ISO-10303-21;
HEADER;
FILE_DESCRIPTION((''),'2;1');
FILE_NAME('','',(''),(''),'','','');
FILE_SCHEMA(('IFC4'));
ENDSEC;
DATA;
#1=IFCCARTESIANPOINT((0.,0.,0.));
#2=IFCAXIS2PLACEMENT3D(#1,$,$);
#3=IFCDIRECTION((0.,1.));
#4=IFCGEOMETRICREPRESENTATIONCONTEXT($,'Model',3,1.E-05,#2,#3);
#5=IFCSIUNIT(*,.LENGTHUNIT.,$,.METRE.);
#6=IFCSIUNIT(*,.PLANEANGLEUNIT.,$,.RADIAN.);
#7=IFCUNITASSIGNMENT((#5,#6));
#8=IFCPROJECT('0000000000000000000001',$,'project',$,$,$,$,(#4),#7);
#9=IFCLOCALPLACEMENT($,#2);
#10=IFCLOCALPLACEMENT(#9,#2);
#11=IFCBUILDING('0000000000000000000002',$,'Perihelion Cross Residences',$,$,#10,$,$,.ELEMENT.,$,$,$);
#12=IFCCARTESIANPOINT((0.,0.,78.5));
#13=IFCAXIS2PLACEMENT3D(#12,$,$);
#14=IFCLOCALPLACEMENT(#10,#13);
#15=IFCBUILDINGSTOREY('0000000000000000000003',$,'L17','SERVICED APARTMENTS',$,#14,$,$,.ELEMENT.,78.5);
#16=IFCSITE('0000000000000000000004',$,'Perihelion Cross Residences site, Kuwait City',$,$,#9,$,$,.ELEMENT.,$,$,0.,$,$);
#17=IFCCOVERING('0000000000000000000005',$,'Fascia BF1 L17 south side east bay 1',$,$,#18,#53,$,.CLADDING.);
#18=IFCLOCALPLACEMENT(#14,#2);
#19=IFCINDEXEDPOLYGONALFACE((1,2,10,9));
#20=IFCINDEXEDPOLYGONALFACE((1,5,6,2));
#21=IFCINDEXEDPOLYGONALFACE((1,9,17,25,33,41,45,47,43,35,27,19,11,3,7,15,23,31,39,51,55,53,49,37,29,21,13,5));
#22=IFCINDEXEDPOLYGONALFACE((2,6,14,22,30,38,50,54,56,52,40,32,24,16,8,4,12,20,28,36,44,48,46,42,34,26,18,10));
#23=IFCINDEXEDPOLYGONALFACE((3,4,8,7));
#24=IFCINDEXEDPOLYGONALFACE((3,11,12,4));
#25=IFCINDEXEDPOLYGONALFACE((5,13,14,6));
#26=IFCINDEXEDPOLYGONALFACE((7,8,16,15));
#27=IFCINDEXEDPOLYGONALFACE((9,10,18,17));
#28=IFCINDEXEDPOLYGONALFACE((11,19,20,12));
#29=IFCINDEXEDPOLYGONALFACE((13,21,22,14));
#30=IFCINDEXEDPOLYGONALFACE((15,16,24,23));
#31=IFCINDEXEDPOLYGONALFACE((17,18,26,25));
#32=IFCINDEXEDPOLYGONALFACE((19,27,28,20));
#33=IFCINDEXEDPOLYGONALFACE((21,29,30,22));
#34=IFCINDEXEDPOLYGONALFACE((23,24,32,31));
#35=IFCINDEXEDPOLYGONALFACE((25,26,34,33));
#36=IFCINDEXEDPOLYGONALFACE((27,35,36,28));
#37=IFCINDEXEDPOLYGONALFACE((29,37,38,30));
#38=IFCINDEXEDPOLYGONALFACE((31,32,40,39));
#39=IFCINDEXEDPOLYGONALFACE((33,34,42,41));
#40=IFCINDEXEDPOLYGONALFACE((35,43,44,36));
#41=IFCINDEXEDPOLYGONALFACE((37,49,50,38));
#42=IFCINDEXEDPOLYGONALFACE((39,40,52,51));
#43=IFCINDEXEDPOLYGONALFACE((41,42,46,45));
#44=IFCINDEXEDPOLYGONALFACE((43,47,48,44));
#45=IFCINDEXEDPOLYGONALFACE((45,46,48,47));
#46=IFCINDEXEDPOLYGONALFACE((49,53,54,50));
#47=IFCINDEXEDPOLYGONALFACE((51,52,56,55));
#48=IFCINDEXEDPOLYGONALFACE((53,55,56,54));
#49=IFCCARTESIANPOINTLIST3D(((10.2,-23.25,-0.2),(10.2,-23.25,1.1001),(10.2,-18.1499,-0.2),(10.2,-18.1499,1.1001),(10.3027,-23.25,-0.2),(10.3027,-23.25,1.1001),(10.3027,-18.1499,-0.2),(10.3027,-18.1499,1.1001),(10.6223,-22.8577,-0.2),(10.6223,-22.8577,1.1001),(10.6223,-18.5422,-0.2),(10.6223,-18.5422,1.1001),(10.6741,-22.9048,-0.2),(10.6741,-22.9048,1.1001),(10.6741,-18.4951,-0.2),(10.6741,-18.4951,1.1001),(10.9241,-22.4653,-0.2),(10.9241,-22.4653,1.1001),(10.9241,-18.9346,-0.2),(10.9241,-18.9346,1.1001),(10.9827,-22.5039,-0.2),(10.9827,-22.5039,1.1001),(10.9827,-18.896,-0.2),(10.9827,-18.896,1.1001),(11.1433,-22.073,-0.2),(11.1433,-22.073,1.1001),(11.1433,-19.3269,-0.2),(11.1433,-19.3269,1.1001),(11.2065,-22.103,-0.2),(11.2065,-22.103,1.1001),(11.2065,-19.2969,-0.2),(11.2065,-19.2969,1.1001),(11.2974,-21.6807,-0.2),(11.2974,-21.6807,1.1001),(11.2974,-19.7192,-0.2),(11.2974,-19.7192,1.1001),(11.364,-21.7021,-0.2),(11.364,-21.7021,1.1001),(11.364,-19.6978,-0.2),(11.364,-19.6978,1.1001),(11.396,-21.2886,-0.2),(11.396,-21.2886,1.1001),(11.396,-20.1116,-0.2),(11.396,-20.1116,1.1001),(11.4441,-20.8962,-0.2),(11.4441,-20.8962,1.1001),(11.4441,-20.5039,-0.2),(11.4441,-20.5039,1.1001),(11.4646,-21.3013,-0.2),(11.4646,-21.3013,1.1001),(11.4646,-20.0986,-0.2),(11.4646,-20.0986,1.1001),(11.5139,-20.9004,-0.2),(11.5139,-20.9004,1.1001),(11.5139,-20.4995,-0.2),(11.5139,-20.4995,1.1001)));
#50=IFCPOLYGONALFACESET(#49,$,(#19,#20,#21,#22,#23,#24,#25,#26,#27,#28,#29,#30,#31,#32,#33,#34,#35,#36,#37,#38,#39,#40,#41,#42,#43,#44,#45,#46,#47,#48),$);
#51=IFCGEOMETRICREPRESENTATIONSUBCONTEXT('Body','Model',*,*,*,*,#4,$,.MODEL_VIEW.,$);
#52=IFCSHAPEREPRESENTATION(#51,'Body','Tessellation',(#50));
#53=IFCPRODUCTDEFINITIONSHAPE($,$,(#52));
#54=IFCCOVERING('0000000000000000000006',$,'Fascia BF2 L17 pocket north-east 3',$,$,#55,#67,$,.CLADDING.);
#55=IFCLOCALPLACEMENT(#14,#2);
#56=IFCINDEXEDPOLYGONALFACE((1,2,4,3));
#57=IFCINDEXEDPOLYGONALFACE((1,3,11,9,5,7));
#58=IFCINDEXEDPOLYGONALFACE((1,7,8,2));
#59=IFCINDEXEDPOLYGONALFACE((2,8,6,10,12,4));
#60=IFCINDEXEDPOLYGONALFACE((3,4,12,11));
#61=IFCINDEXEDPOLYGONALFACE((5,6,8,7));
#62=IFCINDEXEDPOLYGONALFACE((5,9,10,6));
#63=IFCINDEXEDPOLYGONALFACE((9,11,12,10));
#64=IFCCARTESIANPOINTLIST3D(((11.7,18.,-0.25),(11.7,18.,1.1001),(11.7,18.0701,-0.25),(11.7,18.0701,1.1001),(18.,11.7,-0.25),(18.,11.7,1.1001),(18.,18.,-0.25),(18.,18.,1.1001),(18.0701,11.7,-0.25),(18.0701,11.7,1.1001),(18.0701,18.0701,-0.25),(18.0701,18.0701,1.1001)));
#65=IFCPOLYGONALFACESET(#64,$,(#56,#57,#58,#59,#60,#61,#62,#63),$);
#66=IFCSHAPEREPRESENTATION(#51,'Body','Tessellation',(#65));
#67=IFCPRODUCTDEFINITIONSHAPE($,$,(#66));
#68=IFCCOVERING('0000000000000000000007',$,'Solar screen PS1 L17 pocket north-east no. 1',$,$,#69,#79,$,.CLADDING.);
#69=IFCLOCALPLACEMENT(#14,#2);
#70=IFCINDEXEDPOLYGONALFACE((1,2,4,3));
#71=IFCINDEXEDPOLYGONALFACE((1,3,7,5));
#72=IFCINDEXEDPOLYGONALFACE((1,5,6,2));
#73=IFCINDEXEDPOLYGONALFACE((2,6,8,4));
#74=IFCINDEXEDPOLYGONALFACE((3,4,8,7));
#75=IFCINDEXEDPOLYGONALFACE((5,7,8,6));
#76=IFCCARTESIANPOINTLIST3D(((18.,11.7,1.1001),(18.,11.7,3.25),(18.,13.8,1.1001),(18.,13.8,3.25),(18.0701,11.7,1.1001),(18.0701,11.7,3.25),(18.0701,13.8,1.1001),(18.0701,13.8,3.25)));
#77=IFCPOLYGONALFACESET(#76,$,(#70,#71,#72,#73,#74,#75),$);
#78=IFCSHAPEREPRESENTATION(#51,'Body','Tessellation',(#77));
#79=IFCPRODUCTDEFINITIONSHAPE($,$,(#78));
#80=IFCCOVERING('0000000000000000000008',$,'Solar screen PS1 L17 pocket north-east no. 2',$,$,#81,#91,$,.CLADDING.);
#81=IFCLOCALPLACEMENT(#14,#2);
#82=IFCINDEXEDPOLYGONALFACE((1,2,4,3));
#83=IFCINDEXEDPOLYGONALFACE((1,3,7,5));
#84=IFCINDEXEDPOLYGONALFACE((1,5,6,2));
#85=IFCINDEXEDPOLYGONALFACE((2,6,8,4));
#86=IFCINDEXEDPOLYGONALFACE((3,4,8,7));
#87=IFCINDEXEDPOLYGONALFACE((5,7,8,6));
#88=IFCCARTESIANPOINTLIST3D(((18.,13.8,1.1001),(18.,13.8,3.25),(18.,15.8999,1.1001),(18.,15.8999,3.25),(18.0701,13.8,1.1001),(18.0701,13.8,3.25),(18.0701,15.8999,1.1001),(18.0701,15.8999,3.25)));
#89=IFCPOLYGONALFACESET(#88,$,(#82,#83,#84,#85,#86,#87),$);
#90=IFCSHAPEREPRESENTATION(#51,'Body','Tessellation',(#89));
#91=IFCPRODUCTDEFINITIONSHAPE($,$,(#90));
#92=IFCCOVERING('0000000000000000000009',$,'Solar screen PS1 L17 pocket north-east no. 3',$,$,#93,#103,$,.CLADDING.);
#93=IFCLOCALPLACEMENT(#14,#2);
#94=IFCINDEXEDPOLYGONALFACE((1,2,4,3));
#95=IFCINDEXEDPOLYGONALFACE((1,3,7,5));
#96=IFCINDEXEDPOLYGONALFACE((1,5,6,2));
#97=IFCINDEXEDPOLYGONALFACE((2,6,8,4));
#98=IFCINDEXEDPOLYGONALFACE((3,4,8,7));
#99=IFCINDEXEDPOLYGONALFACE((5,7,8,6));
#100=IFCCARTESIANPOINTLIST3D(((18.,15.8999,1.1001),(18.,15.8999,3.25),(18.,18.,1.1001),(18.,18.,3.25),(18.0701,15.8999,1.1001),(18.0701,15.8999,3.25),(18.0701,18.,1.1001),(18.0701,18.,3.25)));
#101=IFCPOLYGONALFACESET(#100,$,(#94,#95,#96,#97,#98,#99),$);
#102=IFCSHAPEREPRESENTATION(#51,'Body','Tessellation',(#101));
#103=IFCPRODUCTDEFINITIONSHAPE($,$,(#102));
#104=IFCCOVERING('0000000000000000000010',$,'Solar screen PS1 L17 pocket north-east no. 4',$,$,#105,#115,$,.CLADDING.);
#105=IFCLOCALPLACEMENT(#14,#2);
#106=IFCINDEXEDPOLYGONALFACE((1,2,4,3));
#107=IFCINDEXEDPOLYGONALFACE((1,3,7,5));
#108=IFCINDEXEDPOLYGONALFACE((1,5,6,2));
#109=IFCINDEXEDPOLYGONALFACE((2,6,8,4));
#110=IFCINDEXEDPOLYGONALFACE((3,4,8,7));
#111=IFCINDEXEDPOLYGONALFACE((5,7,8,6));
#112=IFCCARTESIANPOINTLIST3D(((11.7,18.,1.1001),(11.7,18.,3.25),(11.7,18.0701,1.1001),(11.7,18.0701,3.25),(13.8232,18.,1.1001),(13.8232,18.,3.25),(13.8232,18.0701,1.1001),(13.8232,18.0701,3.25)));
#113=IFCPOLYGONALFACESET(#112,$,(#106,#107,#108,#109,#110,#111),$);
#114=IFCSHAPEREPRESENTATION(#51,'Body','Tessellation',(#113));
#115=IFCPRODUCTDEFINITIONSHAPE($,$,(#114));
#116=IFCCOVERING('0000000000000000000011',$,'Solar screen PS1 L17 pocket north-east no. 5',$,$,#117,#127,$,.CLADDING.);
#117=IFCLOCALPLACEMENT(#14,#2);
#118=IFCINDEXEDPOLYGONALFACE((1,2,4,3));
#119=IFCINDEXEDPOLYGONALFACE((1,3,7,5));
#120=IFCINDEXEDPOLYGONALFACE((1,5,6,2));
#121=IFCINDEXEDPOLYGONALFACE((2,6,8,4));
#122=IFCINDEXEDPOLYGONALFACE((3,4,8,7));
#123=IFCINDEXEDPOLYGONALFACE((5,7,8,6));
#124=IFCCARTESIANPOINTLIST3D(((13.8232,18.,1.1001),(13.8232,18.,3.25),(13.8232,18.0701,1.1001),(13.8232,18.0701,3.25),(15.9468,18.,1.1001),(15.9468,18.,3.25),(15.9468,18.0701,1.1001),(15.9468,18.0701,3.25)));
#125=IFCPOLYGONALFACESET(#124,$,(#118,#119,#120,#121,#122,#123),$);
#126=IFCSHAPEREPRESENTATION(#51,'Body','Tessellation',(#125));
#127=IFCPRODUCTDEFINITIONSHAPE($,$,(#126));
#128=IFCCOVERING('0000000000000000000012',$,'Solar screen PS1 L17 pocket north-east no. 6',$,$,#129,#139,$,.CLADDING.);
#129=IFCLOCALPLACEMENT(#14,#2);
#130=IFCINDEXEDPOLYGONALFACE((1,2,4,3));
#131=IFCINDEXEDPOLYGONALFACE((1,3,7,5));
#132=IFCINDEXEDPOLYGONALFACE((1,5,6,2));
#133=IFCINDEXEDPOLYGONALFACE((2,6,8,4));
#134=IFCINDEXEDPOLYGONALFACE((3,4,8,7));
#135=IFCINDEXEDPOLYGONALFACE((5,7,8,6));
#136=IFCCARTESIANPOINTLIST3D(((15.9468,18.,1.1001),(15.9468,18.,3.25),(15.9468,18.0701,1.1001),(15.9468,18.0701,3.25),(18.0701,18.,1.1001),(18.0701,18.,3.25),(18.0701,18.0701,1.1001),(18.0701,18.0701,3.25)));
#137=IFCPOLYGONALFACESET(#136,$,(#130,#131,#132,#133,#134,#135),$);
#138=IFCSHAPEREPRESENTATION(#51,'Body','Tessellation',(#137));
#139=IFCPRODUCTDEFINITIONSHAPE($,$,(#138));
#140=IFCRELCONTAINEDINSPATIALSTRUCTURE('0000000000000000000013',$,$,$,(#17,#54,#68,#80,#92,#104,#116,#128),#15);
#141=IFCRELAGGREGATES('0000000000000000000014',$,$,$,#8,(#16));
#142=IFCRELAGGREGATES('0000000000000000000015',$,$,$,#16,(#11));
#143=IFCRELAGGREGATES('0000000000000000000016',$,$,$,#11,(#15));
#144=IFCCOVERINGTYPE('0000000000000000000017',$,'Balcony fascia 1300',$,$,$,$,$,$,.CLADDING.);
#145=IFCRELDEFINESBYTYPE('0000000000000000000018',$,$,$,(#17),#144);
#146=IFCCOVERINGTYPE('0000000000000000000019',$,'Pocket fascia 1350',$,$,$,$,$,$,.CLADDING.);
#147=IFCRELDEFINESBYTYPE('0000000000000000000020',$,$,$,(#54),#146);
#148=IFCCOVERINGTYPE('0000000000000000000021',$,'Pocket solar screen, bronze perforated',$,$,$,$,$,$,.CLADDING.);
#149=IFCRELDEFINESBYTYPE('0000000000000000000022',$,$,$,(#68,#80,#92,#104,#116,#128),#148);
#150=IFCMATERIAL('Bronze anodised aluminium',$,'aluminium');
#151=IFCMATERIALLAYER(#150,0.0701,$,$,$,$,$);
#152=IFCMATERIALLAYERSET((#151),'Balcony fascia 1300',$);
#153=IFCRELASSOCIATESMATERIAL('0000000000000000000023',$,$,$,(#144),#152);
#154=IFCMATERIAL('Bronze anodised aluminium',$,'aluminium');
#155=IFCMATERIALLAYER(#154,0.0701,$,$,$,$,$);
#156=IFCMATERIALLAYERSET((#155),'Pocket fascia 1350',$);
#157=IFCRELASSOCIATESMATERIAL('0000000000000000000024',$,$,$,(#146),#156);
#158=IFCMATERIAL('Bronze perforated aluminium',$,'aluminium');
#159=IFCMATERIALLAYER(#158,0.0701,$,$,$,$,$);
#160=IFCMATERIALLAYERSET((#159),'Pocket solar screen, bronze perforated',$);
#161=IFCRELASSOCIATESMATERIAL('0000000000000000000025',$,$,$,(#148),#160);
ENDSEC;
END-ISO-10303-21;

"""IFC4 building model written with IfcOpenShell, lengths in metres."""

from ifc_helpers import new_model, si_unit, direction, frame, origin, place, context, subcontext, project, spatial, polyline, outline, extrude, material, layer, layer_set, type_object, element, save


model = new_model("IFC4")

# Units and contexts
model_context = context("Model", 3, precision=1e-05, world=origin(), true_north=direction((0.0, 1.0)))
body_context = subcontext(model_context, "Body", "Model", "MODEL_VIEW")
ifc_project = project(units=[si_unit("LENGTHUNIT", "METRE"), si_unit("PLANEANGLEUNIT", "RADIAN")], contexts=[model_context])

# Site, building, storey
site_placement = place(None, origin())
site = spatial("IfcSite", under=ifc_project, at=site_placement, Name="Perihelion Cross Residences site, Kuwait City", CompositionType="ELEMENT", RefElevation=0.0)
building_placement = place(site_placement, origin())
building = spatial("IfcBuilding", under=site, at=building_placement, Name="Perihelion Cross Residences", CompositionType="ELEMENT")
storey_placement = place(building_placement, frame((0.0, 0.0, 78.5)))
storey = spatial("IfcBuildingStorey", under=building, at=storey_placement, Name="L17", Description="SERVICED APARTMENTS", CompositionType="ELEMENT", Elevation=78.5)

# Coverings
ifc_material_1 = material(Name="Bronze anodised aluminium", Category="aluminium")
ifc_layer_1 = layer(ifc_material_1, 0.0701)
ifc_layer_set_1 = layer_set([ifc_layer_1], Name="Balcony fascia 1300")
covering_type_1 = type_object("IfcCoveringType", Name="Balcony fascia 1300", PredefinedType="CLADDING", material=ifc_layer_set_1)
covering_1_placement = place(storey_placement, frame((0.0, 0.0, -0.2)))
element("IfcCovering", 1, at=covering_1_placement, inside=storey, type_object=covering_type_1, Name="Fascia BF1 L17 south side east bay 1", PredefinedType="CLADDING", context=body_context, shape_type="SweptSolid", body=[
    extrude(outline(polyline([(10.6741, -22.9048), (10.9827, -22.5039), (11.2065, -22.103), (11.364, -21.7021), (11.4646, -21.3013), (11.5139, -20.9004), (11.5139, -20.4995), (11.4646, -20.0986), (11.364, -19.6978), (11.2065, -19.2969), (10.9827, -18.896), (10.6741, -18.4951), (10.3027, -18.1499), (10.2, -18.1499), (10.6223, -18.5422), (10.9241, -18.9346), (11.1433, -19.3269), (11.2974, -19.7192), (11.396, -20.1116), (11.4441, -20.5039), (11.4441, -20.8962), (11.396, -21.2886), (11.2974, -21.6807), (11.1433, -22.073), (10.9241, -22.4653), (10.6223, -22.8577), (10.2, -23.25), (10.3027, -23.25), (10.6741, -22.9048)])), origin(), (0.0, 0.0, 1.0), 1.3),
])
ifc_material_2 = material(Name="Bronze anodised aluminium", Category="aluminium")
ifc_layer_2 = layer(ifc_material_2, 0.0701)
ifc_layer_set_2 = layer_set([ifc_layer_2], Name="Pocket fascia 1350")
covering_type_2 = type_object("IfcCoveringType", Name="Pocket fascia 1350", PredefinedType="CLADDING", material=ifc_layer_set_2)
covering_2_placement = place(storey_placement, frame((0.0, 0.0, -0.25)))
element("IfcCovering", 2, at=covering_2_placement, inside=storey, type_object=covering_type_2, Name="Fascia BF2 L17 pocket north-east 3", PredefinedType="CLADDING", context=body_context, shape_type="SweptSolid", body=[
    extrude(outline(polyline([(18.0701, 18.0701), (11.7, 18.0701), (11.7, 18.0), (18.0, 18.0), (18.0, 11.7), (18.0701, 11.7), (18.0701, 18.0701)])), origin(), (0.0, 0.0, 1.0), 1.3501),
])
ifc_material_3 = material(Name="Bronze perforated aluminium", Category="aluminium")
ifc_layer_3 = layer(ifc_material_3, 0.0701)
ifc_layer_set_3 = layer_set([ifc_layer_3], Name="Pocket solar screen, bronze perforated")
covering_type_3 = type_object("IfcCoveringType", Name="Pocket solar screen, bronze perforated", PredefinedType="CLADDING", material=ifc_layer_set_3)
covering_3_placement = place(storey_placement, frame((0.0, 0.0, 1.1001)))
element("IfcCovering", 3, at=covering_3_placement, inside=storey, type_object=covering_type_3, Name="Solar screen PS1 L17 pocket north-east no. 1", PredefinedType="CLADDING", context=body_context, shape_type="SweptSolid", body=[
    extrude(outline(polyline([(18.0701, 11.7), (18.0701, 13.8), (18.0, 13.8), (18.0, 11.7), (18.0701, 11.7)])), origin(), (0.0, 0.0, 1.0), 2.1499),
])
covering_4_placement = place(storey_placement, frame((0.0, 0.0, 1.1001)))
element("IfcCovering", 4, at=covering_4_placement, inside=storey, type_object=covering_type_3, Name="Solar screen PS1 L17 pocket north-east no. 2", PredefinedType="CLADDING", context=body_context, shape_type="SweptSolid", body=[
    extrude(outline(polyline([(18.0701, 13.8), (18.0701, 15.8999), (18.0, 15.8999), (18.0, 13.8), (18.0701, 13.8)])), origin(), (0.0, 0.0, 1.0), 2.1499),
])
covering_5_placement = place(storey_placement, frame((0.0, 0.0, 1.1001)))
element("IfcCovering", 5, at=covering_5_placement, inside=storey, type_object=covering_type_3, Name="Solar screen PS1 L17 pocket north-east no. 3", PredefinedType="CLADDING", context=body_context, shape_type="SweptSolid", body=[
    extrude(outline(polyline([(18.0701, 15.8999), (18.0701, 18.0), (18.0, 18.0), (18.0, 15.8999), (18.0701, 15.8999)])), origin(), (0.0, 0.0, 1.0), 2.1499),
])
covering_6_placement = place(storey_placement, frame((0.0, 0.0, 1.1001)))
element("IfcCovering", 6, at=covering_6_placement, inside=storey, type_object=covering_type_3, Name="Solar screen PS1 L17 pocket north-east no. 4", PredefinedType="CLADDING", context=body_context, shape_type="SweptSolid", body=[
    extrude(outline(polyline([(13.8232, 18.0), (13.8232, 18.0701), (11.7, 18.0701), (11.7, 18.0), (13.8232, 18.0)])), origin(), (0.0, 0.0, 1.0), 2.1499),
])
covering_7_placement = place(storey_placement, frame((0.0, 0.0, 1.1001)))
element("IfcCovering", 7, at=covering_7_placement, inside=storey, type_object=covering_type_3, Name="Solar screen PS1 L17 pocket north-east no. 5", PredefinedType="CLADDING", context=body_context, shape_type="SweptSolid", body=[
    extrude(outline(polyline([(15.9468, 18.0), (15.9468, 18.0701), (13.8232, 18.0701), (13.8232, 18.0), (15.9468, 18.0)])), origin(), (0.0, 0.0, 1.0), 2.1499),
])
covering_8_placement = place(storey_placement, frame((0.0, 0.0, 1.1001)))
element("IfcCovering", 8, at=covering_8_placement, inside=storey, type_object=covering_type_3, Name="Solar screen PS1 L17 pocket north-east no. 6", PredefinedType="CLADDING", context=body_context, shape_type="SweptSolid", body=[
    extrude(outline(polyline([(18.0701, 18.0), (18.0701, 18.0701), (15.9468, 18.0701), (15.9468, 18.0), (18.0701, 18.0)])), origin(), (0.0, 0.0, 1.0), 2.1499),
])

save(model, "model.ifc")
